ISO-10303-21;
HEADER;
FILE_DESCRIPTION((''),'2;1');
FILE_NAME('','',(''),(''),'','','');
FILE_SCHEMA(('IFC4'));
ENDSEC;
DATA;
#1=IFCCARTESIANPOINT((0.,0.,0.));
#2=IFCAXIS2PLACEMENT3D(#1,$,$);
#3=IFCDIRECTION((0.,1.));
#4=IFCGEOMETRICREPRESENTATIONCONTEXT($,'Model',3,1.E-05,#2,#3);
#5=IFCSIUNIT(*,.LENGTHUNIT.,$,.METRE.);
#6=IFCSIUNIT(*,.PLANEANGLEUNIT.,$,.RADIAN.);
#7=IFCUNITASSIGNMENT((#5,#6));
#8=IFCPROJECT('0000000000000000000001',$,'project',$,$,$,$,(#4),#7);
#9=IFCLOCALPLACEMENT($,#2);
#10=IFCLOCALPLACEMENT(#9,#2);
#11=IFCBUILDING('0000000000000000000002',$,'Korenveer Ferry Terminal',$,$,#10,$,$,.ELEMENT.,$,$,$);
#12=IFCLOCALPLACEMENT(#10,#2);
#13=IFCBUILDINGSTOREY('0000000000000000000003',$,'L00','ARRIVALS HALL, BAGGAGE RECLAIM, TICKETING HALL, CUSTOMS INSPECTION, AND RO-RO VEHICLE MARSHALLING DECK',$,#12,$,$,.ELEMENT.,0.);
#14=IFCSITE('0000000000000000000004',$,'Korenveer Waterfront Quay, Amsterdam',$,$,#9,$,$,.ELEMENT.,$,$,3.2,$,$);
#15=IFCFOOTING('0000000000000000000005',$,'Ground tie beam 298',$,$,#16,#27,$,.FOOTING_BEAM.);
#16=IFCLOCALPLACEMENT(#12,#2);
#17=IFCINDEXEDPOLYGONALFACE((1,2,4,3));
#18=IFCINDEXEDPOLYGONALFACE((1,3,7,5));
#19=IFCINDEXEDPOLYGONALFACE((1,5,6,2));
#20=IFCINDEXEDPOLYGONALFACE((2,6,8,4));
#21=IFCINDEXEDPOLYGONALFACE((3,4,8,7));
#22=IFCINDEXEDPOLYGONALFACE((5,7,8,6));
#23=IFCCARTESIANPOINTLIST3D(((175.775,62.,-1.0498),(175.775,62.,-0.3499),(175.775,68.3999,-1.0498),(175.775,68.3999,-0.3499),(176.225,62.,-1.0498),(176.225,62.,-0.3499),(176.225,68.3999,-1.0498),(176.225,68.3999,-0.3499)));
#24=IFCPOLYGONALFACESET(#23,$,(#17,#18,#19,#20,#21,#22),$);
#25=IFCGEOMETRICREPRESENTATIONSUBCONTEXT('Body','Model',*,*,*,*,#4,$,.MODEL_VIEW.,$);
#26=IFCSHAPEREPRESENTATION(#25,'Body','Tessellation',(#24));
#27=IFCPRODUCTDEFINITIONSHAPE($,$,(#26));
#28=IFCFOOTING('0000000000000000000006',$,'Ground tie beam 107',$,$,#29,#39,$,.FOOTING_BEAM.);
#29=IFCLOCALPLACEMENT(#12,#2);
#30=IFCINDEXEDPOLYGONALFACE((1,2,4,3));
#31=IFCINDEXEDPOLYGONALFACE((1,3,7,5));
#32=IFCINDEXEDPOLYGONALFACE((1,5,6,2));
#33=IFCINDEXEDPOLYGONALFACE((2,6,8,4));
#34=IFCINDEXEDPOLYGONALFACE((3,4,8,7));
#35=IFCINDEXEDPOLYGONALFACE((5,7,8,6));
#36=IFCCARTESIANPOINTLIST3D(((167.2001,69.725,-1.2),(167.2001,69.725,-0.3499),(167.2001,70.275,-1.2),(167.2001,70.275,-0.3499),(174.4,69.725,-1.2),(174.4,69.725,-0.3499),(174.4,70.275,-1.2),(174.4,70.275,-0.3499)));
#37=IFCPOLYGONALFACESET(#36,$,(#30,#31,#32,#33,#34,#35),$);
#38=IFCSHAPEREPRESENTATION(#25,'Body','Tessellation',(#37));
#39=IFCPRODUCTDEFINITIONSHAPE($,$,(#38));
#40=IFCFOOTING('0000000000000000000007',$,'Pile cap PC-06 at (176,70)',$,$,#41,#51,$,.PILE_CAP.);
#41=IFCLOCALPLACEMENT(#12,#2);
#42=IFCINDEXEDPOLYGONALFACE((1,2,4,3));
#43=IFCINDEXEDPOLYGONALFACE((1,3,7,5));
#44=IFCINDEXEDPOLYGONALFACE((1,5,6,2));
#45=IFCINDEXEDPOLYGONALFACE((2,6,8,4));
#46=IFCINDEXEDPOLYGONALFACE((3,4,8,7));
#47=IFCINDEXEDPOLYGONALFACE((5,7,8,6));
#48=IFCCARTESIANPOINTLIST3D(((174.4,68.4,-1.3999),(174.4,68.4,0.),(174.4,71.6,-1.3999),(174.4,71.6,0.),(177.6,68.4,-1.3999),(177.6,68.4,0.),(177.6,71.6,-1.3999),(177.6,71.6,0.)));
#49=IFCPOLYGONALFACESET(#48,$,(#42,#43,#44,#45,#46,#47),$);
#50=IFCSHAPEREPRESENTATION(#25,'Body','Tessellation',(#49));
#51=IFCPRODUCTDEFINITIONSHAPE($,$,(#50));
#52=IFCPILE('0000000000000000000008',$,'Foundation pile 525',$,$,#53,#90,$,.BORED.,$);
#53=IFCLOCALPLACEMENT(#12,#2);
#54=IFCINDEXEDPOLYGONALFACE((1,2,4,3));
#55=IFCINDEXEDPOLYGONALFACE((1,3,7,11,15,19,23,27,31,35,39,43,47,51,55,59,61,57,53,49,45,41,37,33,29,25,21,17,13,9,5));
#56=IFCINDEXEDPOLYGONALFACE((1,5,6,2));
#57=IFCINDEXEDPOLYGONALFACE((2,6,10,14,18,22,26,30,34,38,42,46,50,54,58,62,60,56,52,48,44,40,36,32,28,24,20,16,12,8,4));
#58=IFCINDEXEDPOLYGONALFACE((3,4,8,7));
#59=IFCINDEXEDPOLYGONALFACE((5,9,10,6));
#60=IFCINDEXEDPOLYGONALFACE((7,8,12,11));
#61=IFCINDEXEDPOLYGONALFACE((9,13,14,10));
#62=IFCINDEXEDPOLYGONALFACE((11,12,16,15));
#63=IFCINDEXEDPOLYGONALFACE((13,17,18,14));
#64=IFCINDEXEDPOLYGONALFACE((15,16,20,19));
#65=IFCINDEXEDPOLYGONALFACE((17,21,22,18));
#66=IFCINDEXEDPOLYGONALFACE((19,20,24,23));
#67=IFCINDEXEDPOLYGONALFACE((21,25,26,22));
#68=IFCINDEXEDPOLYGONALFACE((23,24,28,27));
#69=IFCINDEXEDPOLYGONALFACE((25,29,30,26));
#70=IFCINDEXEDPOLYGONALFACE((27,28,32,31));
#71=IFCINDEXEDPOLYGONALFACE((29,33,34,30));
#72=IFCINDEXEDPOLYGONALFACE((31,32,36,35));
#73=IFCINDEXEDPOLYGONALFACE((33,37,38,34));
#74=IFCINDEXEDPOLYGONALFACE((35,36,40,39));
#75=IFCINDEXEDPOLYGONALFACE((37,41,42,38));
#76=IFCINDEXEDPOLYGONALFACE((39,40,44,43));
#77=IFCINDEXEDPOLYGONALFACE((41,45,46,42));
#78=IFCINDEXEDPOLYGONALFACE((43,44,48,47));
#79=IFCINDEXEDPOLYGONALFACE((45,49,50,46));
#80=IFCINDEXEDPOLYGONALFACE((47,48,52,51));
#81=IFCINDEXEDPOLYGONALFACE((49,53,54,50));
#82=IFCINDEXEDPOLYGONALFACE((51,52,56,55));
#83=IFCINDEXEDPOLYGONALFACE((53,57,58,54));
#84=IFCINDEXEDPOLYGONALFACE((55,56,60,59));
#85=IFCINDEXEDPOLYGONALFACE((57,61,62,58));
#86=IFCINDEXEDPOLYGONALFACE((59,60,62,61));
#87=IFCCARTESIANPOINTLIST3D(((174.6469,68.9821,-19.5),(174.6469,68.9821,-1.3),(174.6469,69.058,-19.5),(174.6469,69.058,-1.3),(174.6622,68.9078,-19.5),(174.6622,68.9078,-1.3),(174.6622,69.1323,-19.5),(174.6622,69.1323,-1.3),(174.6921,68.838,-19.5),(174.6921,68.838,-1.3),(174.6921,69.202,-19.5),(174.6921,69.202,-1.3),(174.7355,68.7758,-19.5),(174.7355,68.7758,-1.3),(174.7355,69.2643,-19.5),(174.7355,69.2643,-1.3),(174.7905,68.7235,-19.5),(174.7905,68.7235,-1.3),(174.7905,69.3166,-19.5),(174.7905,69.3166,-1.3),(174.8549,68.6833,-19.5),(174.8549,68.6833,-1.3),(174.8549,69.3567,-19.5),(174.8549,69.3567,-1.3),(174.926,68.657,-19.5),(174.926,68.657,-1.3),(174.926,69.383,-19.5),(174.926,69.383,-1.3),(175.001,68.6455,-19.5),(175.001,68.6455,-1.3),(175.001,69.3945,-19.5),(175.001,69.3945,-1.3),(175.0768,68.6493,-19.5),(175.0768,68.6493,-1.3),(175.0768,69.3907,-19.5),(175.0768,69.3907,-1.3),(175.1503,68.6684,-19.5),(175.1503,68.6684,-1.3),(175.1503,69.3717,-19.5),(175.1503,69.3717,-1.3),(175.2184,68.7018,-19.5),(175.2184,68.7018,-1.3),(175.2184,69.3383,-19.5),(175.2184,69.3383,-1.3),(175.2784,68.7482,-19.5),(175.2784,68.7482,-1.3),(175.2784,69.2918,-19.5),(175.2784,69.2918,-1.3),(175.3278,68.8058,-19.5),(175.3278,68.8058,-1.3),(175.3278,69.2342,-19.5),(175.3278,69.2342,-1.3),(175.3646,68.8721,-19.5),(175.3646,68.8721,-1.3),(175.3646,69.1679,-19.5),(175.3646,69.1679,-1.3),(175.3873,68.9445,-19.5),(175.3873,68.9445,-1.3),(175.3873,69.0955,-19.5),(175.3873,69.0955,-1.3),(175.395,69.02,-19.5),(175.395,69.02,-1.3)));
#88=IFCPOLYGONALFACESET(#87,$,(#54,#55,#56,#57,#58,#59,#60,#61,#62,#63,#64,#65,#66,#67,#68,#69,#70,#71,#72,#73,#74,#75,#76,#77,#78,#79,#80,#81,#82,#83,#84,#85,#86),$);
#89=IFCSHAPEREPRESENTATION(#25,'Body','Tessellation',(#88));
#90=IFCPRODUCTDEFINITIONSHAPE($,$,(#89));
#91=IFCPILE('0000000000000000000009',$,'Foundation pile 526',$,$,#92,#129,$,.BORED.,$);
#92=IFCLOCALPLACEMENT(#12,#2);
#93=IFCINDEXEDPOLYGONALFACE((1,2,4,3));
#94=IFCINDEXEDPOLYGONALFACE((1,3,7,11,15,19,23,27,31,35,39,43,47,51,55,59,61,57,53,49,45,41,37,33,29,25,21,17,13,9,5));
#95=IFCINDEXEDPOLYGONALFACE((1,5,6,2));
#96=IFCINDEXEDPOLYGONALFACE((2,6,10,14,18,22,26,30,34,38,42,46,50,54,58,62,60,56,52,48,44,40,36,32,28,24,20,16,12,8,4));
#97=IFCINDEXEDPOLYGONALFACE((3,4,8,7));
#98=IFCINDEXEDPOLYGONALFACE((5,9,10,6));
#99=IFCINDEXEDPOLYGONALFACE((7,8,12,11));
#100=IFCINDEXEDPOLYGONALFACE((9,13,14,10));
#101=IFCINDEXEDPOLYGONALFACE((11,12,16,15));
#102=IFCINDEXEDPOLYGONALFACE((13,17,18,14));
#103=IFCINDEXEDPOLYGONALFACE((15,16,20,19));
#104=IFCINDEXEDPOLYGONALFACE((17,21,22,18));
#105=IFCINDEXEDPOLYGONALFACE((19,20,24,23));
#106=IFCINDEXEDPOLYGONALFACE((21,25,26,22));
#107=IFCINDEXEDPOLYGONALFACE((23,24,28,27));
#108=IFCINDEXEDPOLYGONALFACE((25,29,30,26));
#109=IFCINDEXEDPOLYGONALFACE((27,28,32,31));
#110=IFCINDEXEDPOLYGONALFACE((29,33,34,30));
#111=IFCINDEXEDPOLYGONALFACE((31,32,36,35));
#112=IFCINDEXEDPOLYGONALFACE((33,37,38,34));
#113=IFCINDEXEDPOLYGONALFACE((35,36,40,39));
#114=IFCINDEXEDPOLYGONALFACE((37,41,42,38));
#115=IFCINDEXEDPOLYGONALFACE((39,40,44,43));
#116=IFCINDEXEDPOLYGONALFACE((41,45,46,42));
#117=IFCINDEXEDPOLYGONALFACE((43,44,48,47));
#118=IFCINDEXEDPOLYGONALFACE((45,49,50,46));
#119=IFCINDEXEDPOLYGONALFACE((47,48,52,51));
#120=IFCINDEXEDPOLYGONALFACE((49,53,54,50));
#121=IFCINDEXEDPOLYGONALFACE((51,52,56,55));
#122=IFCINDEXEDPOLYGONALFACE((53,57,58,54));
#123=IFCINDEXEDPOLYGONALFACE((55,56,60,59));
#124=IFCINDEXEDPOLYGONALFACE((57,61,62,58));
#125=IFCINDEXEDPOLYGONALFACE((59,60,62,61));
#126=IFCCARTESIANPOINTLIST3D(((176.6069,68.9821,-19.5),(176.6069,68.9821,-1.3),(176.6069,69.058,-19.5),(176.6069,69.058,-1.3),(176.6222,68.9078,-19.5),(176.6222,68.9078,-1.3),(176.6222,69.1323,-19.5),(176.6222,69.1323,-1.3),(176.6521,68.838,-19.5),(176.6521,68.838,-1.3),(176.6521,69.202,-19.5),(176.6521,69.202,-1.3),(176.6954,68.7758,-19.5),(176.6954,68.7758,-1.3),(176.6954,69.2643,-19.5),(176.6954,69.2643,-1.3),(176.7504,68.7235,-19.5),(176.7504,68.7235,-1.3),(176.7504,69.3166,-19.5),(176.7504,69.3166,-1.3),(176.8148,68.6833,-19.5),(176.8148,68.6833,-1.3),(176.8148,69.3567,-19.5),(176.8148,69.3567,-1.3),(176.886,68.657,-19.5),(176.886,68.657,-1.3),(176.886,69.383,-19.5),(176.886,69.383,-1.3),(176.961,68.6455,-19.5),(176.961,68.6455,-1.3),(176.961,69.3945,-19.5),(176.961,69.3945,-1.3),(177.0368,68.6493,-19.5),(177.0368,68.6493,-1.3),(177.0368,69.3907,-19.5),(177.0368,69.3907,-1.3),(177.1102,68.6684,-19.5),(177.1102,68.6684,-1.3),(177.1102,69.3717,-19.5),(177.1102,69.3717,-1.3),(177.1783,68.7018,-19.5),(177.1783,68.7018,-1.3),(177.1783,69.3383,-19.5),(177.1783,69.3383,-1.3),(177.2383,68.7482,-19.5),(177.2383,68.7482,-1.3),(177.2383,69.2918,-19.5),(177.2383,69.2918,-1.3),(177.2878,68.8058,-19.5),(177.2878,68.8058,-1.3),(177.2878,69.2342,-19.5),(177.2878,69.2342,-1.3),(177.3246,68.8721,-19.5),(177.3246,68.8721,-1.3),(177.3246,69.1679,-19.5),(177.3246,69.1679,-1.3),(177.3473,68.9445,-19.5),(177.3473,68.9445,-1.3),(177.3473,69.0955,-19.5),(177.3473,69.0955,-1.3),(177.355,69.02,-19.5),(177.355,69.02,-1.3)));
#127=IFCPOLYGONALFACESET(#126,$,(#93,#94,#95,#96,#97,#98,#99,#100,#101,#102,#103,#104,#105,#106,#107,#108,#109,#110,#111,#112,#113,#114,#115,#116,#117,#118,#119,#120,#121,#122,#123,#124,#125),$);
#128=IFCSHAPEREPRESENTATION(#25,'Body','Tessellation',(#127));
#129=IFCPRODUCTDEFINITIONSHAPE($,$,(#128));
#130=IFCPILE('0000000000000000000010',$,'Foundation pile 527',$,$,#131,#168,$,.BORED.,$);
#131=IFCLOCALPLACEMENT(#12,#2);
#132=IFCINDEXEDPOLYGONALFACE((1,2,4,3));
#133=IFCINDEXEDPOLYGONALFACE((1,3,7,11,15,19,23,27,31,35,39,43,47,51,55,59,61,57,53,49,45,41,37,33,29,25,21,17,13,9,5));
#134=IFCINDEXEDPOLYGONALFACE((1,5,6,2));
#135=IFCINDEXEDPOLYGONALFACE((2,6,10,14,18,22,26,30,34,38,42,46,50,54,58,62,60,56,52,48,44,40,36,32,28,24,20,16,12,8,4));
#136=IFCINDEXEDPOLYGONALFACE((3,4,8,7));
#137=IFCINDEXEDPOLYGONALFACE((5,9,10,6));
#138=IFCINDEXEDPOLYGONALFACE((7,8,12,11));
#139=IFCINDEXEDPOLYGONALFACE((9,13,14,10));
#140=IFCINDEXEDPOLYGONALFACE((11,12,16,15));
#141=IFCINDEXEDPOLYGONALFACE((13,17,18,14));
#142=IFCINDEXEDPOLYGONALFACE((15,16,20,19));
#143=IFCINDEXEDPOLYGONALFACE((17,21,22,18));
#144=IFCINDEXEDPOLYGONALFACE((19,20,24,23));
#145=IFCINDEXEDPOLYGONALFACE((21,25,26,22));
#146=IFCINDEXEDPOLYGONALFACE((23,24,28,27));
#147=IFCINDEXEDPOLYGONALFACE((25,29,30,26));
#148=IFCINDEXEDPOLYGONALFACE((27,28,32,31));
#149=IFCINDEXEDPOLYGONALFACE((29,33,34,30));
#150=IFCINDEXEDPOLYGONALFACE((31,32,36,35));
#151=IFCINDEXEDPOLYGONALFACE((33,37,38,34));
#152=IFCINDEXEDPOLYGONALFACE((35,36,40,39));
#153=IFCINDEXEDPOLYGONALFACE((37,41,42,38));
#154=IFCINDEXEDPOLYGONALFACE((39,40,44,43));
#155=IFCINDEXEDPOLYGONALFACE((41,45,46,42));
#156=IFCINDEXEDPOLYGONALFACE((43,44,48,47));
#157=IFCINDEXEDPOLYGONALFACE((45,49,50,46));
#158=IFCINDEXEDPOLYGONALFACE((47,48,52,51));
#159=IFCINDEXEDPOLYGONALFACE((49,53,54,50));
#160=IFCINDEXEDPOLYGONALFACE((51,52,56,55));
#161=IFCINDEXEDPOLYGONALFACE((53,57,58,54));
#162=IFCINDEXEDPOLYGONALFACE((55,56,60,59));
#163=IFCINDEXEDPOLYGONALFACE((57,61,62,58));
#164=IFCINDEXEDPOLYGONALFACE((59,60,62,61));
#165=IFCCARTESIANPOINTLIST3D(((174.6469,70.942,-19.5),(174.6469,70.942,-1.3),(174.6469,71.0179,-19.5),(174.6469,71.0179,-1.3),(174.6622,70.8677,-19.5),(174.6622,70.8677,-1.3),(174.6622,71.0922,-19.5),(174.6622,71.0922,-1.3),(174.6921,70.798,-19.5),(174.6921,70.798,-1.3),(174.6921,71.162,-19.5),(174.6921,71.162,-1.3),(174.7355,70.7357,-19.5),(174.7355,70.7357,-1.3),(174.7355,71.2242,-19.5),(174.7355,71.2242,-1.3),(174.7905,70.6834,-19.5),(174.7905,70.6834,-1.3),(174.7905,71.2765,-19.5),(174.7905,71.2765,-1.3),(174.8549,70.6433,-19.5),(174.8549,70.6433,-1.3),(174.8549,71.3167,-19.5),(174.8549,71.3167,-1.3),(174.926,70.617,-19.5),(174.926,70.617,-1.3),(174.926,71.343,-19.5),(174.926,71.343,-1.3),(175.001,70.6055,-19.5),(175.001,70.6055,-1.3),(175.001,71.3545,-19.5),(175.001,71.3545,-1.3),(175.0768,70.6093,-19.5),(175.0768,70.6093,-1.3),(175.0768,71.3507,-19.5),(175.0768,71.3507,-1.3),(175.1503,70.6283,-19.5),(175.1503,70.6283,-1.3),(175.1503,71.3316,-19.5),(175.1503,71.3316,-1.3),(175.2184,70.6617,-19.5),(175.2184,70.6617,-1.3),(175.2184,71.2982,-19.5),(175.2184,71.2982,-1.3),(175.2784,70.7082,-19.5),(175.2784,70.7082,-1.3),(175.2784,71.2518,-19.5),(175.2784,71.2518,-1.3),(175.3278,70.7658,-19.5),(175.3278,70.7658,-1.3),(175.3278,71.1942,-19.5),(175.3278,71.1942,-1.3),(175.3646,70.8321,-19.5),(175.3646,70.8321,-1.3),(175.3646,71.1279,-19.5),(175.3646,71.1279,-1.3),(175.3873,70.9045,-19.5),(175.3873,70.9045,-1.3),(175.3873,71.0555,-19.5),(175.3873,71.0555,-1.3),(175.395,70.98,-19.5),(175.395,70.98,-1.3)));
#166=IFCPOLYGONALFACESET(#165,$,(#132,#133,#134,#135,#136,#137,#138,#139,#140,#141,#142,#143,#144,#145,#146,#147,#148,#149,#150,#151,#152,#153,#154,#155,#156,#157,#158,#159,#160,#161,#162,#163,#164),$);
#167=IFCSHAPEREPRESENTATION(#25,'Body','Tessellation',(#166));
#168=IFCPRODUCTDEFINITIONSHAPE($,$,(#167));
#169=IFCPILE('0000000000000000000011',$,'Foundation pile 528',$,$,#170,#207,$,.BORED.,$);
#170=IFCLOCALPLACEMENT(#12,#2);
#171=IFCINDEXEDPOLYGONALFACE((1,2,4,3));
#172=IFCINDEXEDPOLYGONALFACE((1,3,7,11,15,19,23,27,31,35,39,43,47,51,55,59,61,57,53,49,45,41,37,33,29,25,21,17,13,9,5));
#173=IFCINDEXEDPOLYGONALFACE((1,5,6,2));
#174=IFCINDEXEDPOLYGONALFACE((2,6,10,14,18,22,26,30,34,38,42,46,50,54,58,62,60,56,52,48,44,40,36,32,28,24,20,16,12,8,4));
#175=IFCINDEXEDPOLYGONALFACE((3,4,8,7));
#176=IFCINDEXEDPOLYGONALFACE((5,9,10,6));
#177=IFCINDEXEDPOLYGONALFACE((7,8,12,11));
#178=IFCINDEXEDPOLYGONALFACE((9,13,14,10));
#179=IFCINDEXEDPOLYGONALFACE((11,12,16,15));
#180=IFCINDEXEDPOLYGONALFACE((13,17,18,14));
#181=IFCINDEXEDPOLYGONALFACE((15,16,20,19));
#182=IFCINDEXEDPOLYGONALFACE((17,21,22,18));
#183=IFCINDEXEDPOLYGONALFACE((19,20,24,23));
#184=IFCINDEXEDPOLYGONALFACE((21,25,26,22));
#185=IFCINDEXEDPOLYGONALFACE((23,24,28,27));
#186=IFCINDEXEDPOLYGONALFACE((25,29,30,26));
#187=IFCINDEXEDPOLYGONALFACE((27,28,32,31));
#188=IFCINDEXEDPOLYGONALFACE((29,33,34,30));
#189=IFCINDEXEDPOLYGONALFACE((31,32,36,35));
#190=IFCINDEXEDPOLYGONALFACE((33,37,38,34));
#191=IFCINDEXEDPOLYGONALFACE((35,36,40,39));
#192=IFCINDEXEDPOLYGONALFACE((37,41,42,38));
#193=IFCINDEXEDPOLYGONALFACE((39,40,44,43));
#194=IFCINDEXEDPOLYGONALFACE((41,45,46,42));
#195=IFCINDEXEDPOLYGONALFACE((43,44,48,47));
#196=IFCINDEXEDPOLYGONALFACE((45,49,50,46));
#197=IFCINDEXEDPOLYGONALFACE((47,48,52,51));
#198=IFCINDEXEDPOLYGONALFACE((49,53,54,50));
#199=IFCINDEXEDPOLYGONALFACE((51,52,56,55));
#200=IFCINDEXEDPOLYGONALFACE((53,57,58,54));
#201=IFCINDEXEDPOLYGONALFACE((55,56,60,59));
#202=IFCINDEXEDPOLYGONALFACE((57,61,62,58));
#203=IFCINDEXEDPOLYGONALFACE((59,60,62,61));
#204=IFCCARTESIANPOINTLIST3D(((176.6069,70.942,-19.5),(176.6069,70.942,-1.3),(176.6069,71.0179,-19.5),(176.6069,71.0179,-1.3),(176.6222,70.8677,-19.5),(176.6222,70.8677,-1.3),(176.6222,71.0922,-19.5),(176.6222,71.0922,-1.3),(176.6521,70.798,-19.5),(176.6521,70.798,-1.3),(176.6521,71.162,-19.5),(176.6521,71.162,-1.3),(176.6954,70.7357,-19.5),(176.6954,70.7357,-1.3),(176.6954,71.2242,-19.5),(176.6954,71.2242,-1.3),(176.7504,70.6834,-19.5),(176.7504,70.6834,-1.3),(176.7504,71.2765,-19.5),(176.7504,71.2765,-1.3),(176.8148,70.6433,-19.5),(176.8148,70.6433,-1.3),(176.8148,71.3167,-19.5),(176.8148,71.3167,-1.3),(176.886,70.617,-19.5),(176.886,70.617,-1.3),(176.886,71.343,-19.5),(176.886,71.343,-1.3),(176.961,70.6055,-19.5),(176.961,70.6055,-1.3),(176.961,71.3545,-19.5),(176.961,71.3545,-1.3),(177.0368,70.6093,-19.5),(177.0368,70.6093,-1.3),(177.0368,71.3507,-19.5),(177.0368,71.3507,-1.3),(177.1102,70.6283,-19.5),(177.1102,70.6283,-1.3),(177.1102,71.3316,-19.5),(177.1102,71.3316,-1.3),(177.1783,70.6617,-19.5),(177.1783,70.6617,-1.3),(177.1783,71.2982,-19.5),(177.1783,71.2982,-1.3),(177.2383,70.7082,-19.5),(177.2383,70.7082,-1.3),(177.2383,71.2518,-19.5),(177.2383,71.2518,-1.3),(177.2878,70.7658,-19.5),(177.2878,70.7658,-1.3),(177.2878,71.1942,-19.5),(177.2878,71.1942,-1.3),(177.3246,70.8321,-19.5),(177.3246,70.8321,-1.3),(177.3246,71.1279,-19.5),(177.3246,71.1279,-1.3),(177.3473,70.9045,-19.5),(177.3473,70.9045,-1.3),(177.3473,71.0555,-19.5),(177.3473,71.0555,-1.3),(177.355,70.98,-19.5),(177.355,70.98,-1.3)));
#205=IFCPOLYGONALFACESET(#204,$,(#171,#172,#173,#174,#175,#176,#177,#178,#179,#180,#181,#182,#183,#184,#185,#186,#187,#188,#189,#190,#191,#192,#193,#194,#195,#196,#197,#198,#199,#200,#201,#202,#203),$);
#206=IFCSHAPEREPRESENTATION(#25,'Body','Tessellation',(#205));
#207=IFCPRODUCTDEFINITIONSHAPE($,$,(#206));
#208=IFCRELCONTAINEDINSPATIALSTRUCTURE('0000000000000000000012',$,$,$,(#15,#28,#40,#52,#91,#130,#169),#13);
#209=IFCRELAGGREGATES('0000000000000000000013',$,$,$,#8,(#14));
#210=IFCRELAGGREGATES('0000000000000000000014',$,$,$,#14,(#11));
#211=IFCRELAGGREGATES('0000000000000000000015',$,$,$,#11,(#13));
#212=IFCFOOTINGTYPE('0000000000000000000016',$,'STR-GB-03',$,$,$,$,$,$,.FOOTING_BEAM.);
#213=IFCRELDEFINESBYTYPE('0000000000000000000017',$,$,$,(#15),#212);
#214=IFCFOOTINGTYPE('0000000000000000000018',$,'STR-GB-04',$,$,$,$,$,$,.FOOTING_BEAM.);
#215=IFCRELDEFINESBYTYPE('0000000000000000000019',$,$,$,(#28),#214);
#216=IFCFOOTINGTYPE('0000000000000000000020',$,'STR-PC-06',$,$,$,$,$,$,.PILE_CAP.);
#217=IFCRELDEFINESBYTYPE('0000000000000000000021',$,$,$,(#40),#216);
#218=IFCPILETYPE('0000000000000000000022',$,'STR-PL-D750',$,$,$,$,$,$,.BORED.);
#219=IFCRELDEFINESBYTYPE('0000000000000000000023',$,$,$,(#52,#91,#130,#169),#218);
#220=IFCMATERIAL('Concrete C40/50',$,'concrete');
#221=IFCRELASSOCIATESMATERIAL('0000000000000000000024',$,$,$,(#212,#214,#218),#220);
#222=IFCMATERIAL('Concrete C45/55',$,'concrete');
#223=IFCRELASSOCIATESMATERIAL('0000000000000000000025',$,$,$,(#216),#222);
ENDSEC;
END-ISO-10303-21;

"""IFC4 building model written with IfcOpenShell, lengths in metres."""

from ifc_helpers import new_model, si_unit, direction, frame, origin, origin_2d, place, context, subcontext, project, spatial, rectangle, circle, extrude, material, material_profile, profile_set, type_object, element, save


model = new_model("IFC4")

# Units and contexts
model_context = context("Model", 3, precision=1e-05, world=origin(), true_north=direction((0.0, 1.0)))
body_context = subcontext(model_context, "Body", "Model", "MODEL_VIEW")
ifc_project = project(units=[si_unit("LENGTHUNIT", "METRE"), si_unit("PLANEANGLEUNIT", "RADIAN")], contexts=[model_context])

# Site, building, storey
site_placement = place(None, origin())
site = spatial("IfcSite", under=ifc_project, at=site_placement, Name="Korenveer Waterfront Quay, Amsterdam", CompositionType="ELEMENT", RefElevation=3.2)
building_placement = place(site_placement, origin())
building = spatial("IfcBuilding", under=site, at=building_placement, Name="Korenveer Ferry Terminal", CompositionType="ELEMENT")
storey_placement = place(building_placement, origin())
storey = spatial("IfcBuildingStorey", under=building, at=storey_placement, Name="L00", Description="ARRIVALS HALL, BAGGAGE RECLAIM, TICKETING HALL, CUSTOMS INSPECTION, AND RO-RO VEHICLE MARSHALLING DECK", CompositionType="ELEMENT", Elevation=0.0)

# Footings
ifc_material_1 = material(Name="Concrete C40/50", Category="concrete")
footing_type_1 = type_object("IfcFootingType", Name="STR-GB-03", PredefinedType="FOOTING_BEAM", material=ifc_material_1)
footing_1_placement = place(storey_placement, frame((176.0, 65.2, -1.0498), z_axis=(0.0, 0.0, 1.0), x_axis=(1.0, 0.0, 0.0)))
element("IfcFooting", 1, at=footing_1_placement, inside=storey, type_object=footing_type_1, Name="Ground tie beam 298", PredefinedType="FOOTING_BEAM", context=body_context, shape_type="SweptSolid", body=[
    extrude(rectangle(XDim=0.45, YDim=6.3999, at=origin_2d()), origin(), (0.0, 0.0, 1.0), 0.7),
])
footing_type_2 = type_object("IfcFootingType", Name="STR-GB-04", PredefinedType="FOOTING_BEAM", material=ifc_material_1)
footing_2_placement = place(storey_placement, frame((170.8, 70.0, -1.2), z_axis=(0.0, 0.0, 1.0), x_axis=(1.0, 0.0, 0.0)))
element("IfcFooting", 2, at=footing_2_placement, inside=storey, type_object=footing_type_2, Name="Ground tie beam 107", PredefinedType="FOOTING_BEAM", context=body_context, shape_type="SweptSolid", body=[
    extrude(rectangle(XDim=7.2, YDim=0.55, at=origin_2d()), origin(), (0.0, 0.0, 1.0), 0.8501),
])
ifc_material_2 = material(Name="Concrete C45/55", Category="concrete")
footing_type_3 = type_object("IfcFootingType", Name="STR-PC-06", PredefinedType="PILE_CAP", material=ifc_material_2)
footing_3_placement = place(storey_placement, frame((176.0, 70.0, -1.3999), z_axis=(0.0, 0.0, 1.0), x_axis=(1.0, 0.0, 0.0)))
element("IfcFooting", 3, at=footing_3_placement, inside=storey, type_object=footing_type_3, Name="Pile cap PC-06 at (176,70)", PredefinedType="PILE_CAP", context=body_context, shape_type="SweptSolid", body=[
    extrude(rectangle(XDim=3.2, YDim=3.2, at=origin_2d()), origin(), (0.0, 0.0, 1.0), 1.3999),
])

# Piles
ifc_material_profile_1 = material_profile(ifc_material_1, circle(Radius=0.375, at=origin_2d()), Name="PILE D750")
ifc_profile_set_1 = profile_set([ifc_material_profile_1], Name="Concrete C40/50")
pile_type = type_object("IfcPileType", Name="STR-PL-D750", PredefinedType="BORED", material=ifc_profile_set_1)
for number, where, z_axis, x_axis, name in (
    (4, (175.02, 69.02, -1.3), (0.0, 0.0, -1.0), (1.0, 0.0, 0.0), "Foundation pile 525"),
    (5, (176.98, 69.02, -1.3), (0.0, 0.0, -1.0), (1.0, 0.0, 0.0), "Foundation pile 526"),
    (6, (175.02, 70.98, -1.3), (0.0, 0.0, -1.0), (1.0, 0.0, 0.0), "Foundation pile 527"),
    (7, (176.98, 70.98, -1.3), (0.0, 0.0, -1.0), (1.0, 0.0, 0.0), "Foundation pile 528"),
):
    element("IfcPile", number, at=place(storey_placement, frame(where, z_axis=z_axis, x_axis=x_axis)), inside=storey, type_object=pile_type, Name=name, PredefinedType="BORED", context=body_context, shape_type="SweptSolid", body=[
        extrude(circle(Radius=0.375, at=origin_2d()), origin(), (0.0, 0.0, 1.0), 18.2),
    ])

save(model, "model.ifc")
